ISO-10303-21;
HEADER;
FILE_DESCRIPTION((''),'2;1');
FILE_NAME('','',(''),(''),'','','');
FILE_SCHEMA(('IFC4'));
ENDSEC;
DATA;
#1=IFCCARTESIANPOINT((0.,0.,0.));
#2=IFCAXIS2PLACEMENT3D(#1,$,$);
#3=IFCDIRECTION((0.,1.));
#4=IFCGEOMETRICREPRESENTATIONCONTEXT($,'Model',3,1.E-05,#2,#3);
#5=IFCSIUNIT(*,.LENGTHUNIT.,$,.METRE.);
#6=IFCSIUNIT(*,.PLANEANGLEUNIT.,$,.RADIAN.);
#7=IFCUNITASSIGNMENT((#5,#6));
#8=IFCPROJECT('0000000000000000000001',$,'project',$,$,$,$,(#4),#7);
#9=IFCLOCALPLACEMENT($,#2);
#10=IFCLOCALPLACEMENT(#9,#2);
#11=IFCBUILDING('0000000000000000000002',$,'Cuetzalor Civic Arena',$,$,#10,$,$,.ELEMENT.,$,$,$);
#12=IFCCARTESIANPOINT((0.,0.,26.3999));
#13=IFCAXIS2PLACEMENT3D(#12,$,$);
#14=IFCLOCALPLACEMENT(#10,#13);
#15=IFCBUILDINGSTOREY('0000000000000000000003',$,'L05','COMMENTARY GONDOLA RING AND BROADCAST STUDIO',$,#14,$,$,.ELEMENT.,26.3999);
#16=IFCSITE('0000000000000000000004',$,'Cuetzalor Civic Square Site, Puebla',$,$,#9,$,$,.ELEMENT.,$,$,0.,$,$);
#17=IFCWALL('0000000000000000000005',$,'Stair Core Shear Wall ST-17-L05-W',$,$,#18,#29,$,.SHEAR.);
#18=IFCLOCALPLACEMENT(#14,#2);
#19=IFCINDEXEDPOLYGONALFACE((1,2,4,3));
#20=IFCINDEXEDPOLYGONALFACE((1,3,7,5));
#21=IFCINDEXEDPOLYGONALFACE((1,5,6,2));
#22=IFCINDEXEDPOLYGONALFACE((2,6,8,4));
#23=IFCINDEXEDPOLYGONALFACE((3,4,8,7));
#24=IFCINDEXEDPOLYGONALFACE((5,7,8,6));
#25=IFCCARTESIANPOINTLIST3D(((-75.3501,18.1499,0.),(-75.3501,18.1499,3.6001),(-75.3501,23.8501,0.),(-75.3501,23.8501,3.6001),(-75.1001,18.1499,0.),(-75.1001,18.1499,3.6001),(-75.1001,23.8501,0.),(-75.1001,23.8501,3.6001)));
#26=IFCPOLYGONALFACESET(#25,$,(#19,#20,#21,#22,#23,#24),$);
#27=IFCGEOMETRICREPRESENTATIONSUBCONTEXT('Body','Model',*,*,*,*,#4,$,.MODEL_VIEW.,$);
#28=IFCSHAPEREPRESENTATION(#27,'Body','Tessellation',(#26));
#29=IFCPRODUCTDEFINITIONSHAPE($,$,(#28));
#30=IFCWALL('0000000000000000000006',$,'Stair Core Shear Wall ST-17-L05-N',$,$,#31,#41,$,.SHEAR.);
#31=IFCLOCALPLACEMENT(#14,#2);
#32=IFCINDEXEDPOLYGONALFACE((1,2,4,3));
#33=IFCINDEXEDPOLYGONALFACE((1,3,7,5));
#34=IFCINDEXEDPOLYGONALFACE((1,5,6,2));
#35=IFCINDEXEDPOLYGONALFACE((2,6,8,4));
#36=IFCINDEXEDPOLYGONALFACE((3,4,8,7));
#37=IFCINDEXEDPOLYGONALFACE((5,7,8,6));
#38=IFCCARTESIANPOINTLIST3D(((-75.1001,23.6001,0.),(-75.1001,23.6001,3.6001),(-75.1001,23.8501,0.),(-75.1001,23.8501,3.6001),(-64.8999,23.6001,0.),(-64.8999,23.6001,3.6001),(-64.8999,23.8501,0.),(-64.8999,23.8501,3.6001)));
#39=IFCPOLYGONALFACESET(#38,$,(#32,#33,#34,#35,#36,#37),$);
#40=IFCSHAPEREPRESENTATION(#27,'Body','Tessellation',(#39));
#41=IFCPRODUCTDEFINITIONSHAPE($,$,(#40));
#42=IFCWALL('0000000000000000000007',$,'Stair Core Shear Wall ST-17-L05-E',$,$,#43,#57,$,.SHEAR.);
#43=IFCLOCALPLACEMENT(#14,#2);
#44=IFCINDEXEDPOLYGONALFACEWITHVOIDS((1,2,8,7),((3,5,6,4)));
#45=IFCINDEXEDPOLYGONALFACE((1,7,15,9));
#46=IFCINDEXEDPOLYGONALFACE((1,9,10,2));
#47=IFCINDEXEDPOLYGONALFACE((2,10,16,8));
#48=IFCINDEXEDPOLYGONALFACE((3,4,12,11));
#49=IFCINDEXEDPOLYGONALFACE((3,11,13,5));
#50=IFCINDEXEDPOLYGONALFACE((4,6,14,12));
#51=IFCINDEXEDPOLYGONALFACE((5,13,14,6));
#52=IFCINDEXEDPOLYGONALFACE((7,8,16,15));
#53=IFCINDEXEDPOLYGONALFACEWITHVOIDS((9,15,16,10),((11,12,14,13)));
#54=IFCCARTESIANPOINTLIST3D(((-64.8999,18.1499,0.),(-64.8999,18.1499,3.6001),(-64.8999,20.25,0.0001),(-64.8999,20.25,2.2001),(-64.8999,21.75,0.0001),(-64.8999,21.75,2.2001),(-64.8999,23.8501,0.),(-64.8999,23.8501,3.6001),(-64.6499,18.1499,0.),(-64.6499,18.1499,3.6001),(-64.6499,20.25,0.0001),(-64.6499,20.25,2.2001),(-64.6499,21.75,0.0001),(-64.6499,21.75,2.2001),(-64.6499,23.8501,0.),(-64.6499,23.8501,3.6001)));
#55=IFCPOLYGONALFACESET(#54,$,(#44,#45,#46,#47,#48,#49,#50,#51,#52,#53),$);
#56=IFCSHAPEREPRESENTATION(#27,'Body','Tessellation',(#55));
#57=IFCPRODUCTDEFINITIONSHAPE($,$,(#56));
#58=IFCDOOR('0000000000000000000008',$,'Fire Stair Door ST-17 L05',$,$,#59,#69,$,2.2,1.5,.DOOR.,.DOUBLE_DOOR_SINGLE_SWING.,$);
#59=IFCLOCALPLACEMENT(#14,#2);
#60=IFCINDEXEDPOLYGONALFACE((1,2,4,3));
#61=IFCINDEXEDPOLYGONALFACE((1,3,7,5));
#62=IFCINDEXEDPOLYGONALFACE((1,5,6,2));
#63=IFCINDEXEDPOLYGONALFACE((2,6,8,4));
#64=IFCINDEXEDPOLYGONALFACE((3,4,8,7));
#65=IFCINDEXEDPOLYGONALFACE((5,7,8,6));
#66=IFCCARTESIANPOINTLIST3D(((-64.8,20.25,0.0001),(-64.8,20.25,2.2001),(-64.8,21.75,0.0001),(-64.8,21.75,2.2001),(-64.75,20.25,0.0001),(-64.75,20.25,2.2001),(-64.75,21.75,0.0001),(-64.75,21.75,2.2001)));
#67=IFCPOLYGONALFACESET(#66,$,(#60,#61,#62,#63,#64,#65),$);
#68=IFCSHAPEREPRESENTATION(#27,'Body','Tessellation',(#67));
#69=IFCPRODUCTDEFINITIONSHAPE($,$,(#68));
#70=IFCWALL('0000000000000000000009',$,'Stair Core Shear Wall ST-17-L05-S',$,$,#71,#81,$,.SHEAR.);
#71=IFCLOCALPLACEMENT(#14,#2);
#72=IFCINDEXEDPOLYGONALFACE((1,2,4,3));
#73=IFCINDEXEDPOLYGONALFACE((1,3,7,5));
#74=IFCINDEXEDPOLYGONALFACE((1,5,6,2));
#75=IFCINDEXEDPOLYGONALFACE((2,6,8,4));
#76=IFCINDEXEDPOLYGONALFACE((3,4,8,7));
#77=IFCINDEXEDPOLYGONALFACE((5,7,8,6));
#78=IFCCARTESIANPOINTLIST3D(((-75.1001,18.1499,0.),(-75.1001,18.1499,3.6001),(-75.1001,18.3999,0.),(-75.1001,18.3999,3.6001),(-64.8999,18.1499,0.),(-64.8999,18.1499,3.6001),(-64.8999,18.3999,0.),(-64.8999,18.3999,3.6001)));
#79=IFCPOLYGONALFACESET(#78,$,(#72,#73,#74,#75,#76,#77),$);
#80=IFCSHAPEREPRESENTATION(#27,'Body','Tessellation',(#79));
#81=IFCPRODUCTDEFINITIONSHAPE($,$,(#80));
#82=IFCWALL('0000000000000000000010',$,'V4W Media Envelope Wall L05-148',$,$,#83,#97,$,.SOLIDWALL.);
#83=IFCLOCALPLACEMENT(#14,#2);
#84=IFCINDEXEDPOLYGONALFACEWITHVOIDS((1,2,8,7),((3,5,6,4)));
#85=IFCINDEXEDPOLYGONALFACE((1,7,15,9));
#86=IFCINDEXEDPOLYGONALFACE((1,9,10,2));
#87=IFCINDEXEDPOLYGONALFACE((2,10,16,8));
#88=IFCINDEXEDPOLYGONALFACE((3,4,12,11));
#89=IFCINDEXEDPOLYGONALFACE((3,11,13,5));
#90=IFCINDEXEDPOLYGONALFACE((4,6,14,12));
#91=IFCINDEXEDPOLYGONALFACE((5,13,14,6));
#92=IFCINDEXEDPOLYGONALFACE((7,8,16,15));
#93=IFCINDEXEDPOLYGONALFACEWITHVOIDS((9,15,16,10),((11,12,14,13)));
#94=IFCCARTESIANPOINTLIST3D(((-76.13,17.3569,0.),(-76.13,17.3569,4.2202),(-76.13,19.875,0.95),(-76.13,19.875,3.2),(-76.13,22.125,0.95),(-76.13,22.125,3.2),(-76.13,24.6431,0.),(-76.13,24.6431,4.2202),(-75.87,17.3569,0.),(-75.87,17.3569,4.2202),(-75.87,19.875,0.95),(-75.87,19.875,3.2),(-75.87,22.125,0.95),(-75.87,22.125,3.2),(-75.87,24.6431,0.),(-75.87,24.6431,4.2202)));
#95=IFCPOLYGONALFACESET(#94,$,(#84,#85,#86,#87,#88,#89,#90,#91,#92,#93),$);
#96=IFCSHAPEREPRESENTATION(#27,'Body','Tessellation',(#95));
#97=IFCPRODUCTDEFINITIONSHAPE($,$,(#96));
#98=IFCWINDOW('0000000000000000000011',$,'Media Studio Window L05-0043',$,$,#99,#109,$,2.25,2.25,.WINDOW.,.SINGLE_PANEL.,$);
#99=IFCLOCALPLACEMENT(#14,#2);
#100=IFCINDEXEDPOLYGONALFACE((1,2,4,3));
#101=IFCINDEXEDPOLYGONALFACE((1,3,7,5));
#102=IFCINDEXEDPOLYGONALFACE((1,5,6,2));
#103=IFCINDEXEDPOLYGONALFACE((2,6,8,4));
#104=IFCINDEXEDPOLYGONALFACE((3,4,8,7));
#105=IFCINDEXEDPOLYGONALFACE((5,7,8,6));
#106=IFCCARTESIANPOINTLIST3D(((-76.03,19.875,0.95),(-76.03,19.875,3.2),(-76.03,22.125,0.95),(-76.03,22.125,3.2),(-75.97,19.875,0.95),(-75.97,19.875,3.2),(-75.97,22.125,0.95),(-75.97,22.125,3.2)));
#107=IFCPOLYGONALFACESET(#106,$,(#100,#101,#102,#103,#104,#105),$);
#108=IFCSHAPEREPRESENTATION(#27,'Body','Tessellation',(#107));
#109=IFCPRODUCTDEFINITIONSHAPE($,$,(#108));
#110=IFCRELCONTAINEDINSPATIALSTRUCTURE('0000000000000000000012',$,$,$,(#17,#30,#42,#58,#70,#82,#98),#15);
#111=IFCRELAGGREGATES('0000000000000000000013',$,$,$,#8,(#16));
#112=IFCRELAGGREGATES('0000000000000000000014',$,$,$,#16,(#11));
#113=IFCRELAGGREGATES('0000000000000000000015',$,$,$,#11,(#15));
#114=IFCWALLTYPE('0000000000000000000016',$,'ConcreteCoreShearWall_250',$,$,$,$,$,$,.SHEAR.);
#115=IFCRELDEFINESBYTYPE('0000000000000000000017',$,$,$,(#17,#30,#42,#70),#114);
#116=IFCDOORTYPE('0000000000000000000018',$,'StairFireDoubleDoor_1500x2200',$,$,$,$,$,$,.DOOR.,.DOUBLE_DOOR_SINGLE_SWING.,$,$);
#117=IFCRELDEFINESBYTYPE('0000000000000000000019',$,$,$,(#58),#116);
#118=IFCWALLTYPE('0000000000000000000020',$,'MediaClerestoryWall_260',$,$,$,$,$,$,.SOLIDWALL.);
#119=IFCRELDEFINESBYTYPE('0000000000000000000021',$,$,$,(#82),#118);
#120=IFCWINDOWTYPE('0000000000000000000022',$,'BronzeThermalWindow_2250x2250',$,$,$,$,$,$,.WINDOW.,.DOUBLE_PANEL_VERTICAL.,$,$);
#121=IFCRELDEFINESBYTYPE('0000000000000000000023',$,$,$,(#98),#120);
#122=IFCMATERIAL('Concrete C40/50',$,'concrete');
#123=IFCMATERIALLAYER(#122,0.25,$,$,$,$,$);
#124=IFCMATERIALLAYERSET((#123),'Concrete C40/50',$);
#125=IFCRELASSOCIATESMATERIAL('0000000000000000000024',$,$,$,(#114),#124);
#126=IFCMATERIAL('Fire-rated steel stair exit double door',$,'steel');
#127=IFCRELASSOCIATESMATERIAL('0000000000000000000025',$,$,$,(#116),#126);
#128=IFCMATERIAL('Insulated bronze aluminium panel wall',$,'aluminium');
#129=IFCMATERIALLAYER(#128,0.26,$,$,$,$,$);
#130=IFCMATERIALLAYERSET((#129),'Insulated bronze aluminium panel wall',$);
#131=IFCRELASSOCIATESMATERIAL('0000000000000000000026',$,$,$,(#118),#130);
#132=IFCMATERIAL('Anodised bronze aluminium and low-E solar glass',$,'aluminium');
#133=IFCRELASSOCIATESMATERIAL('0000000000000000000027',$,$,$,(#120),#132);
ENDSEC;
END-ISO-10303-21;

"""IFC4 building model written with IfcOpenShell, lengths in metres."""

from ifc_helpers import new_model, si_unit, direction, frame, frame_2d, origin, place, context, subcontext, project, spatial, rectangle, extrude, material, layer, layer_set, type_object, element, fill, save


model = new_model("IFC4")

# Units and contexts
model_context = context("Model", 3, precision=1e-05, world=origin(), true_north=direction((0.0, 1.0)))
body_context = subcontext(model_context, "Body", "Model", "MODEL_VIEW")
ifc_project = project(units=[si_unit("LENGTHUNIT", "METRE"), si_unit("PLANEANGLEUNIT", "RADIAN")], contexts=[model_context])

# Site, building, storey
site_placement = place(None, origin())
site = spatial("IfcSite", under=ifc_project, at=site_placement, Name="Cuetzalor Civic Square Site, Puebla", CompositionType="ELEMENT", RefElevation=0.0)
building_placement = place(site_placement, origin())
building = spatial("IfcBuilding", under=site, at=building_placement, Name="Cuetzalor Civic Arena", CompositionType="ELEMENT")
storey_placement = place(building_placement, frame((0.0, 0.0, 26.3999)))
storey = spatial("IfcBuildingStorey", under=building, at=storey_placement, Name="L05", Description="COMMENTARY GONDOLA RING AND BROADCAST STUDIO", CompositionType="ELEMENT", Elevation=26.3999)

# Walls
ifc_material_1 = material(Name="Concrete C40/50", Category="concrete")
ifc_layer_1 = layer(ifc_material_1, 0.25)
ifc_layer_set_1 = layer_set([ifc_layer_1], Name="Concrete C40/50")
wall_type_1 = type_object("IfcWallType", Name="ConcreteCoreShearWall_250", PredefinedType="SHEAR", material=ifc_layer_set_1)
wall_1_placement = place(storey_placement, frame((-75.2251, 18.1499, 0.0), z_axis=(0.0, 0.0, 1.0), x_axis=(0.0, 1.0, 0.0)))
element("IfcWall", 1, at=wall_1_placement, inside=storey, type_object=wall_type_1, Name="Stair Core Shear Wall ST-17-L05-W", PredefinedType="SHEAR", context=body_context, shape_type="SweptSolid", body=[
    extrude(rectangle(XDim=5.7002, YDim=0.25, at=frame_2d((2.8501, 0.0))), origin(), (0.0, 0.0, 1.0), 3.6001),
])
wall_2_placement = place(storey_placement, frame((-75.1001, 23.7251, 0.0), z_axis=(0.0, 0.0, 1.0), x_axis=(1.0, 0.0, 0.0)))
element("IfcWall", 2, at=wall_2_placement, inside=storey, type_object=wall_type_1, Name="Stair Core Shear Wall ST-17-L05-N", PredefinedType="SHEAR", context=body_context, shape_type="SweptSolid", body=[
    extrude(rectangle(XDim=10.2002, YDim=0.25, at=frame_2d((5.1001, 0.0))), origin(), (0.0, 0.0, 1.0), 3.6001),
])

# Wall, opening, door
wall_3_placement = place(storey_placement, frame((-64.7749, 23.8501, 0.0), z_axis=(0.0, 0.0, 1.0), x_axis=(0.0, -1.0, 0.0)))
wall_3 = element("IfcWall", 3, at=wall_3_placement, inside=storey, type_object=wall_type_1, Name="Stair Core Shear Wall ST-17-L05-E", PredefinedType="SHEAR", context=body_context, shape_type="SweptSolid", body=[
    extrude(rectangle(XDim=5.7002, YDim=0.25, at=frame_2d((2.8501, 0.0))), origin(), (0.0, 0.0, 1.0), 3.6001),
])
opening_1_placement = place(wall_3_placement, frame((2.1001, 0.0, 0.0)))
opening_1 = element("IfcOpeningElement", 4, at=opening_1_placement, cuts=wall_3, PredefinedType="OPENING", context=body_context, shape_type="SweptSolid", body=[
    extrude(rectangle(XDim=1.5, YDim=2.2, at=frame_2d((0.75, 1.1001))), frame((0.0, 0.135, 0.0), z_axis=(0.0, -1.0, 0.0), x_axis=(1.0, 0.0, 0.0)), (0.0, 0.0, 1.0), 0.27),
])
ifc_material_2 = material(Name="Fire-rated steel stair exit double door", Category="steel")
door_type_1 = type_object("IfcDoorType", Name="StairFireDoubleDoor_1500x2200", OperationType="DOUBLE_DOOR_SINGLE_SWING", PredefinedType="DOOR", material=ifc_material_2)
door_1_placement = place(opening_1_placement, origin())
door_1 = element("IfcDoor", 5, at=door_1_placement, inside=storey, type_object=door_type_1, Name="Fire Stair Door ST-17 L05", OperationType="DOUBLE_DOOR_SINGLE_SWING", OverallHeight=2.2, OverallWidth=1.5, PredefinedType="DOOR", context=body_context, shape_type="SweptSolid", body=[
    extrude(rectangle(XDim=1.5, YDim=2.2, at=frame_2d((0.75, 1.1001))), frame((0.0, 0.0249, 0.0), z_axis=(0.0, -1.0, 0.0), x_axis=(1.0, 0.0, 0.0)), (0.0, 0.0, 1.0), 0.05),
])
fill(opening_1, door_1)

# Wall
wall_4_placement = place(storey_placement, frame((-64.8999, 18.2749, 0.0), z_axis=(0.0, 0.0, 1.0), x_axis=(-1.0, 0.0, 0.0)))
element("IfcWall", 6, at=wall_4_placement, inside=storey, type_object=wall_type_1, Name="Stair Core Shear Wall ST-17-L05-S", PredefinedType="SHEAR", context=body_context, shape_type="SweptSolid", body=[
    extrude(rectangle(XDim=10.2002, YDim=0.25, at=frame_2d((5.1001, 0.0))), origin(), (0.0, 0.0, 1.0), 3.6001),
])

# Wall, opening, window
ifc_material_3 = material(Name="Insulated bronze aluminium panel wall", Category="aluminium")
ifc_layer_2 = layer(ifc_material_3, 0.26)
ifc_layer_set_2 = layer_set([ifc_layer_2], Name="Insulated bronze aluminium panel wall")
wall_type_2 = type_object("IfcWallType", Name="MediaClerestoryWall_260", PredefinedType="SOLIDWALL", material=ifc_layer_set_2)
wall_5_placement = place(storey_placement, frame((-76.0, 17.3569, 0.0), z_axis=(0.0, 0.0, 1.0), x_axis=(0.0, 1.0, 0.0)))
wall_5 = element("IfcWall", 7, at=wall_5_placement, inside=storey, type_object=wall_type_2, Name="V4W Media Envelope Wall L05-148", PredefinedType="SOLIDWALL", context=body_context, shape_type="SweptSolid", body=[
    extrude(rectangle(XDim=7.2861, YDim=0.26, at=frame_2d((3.6431, 0.0))), origin(), (0.0, 0.0, 1.0), 4.2202),
])
opening_2_placement = place(wall_5_placement, frame((2.5181, 0.0, 0.95)))
opening_2 = element("IfcOpeningElement", 8, at=opening_2_placement, cuts=wall_5, PredefinedType="OPENING", context=body_context, shape_type="SweptSolid", body=[
    extrude(rectangle(XDim=2.25, YDim=2.25, at=frame_2d((1.125, 1.125))), frame((0.0, 0.1401, 0.0), z_axis=(0.0, -1.0, 0.0), x_axis=(1.0, 0.0, 0.0)), (0.0, 0.0, 1.0), 0.28),
])
ifc_material_4 = material(Name="Anodised bronze aluminium and low-E solar glass", Category="aluminium")
window_type = type_object("IfcWindowType", Name="BronzeThermalWindow_2250x2250", PartitioningType="DOUBLE_PANEL_VERTICAL", PredefinedType="WINDOW", material=ifc_material_4)
window_placement = place(opening_2_placement, origin())
window = element("IfcWindow", 9, at=window_placement, inside=storey, type_object=window_type, Name="Media Studio Window L05-0043", OverallHeight=2.25, OverallWidth=2.25, PartitioningType="SINGLE_PANEL", PredefinedType="WINDOW", context=body_context, shape_type="SweptSolid", body=[
    extrude(rectangle(XDim=2.25, YDim=2.25, at=frame_2d((1.125, 1.125))), frame((0.0, 0.03, 0.0), z_axis=(0.0, -1.0, 0.0), x_axis=(1.0, 0.0, 0.0)), (0.0, 0.0, 1.0), 0.0601),
])
fill(opening_2, window)

save(model, "model.ifc")
